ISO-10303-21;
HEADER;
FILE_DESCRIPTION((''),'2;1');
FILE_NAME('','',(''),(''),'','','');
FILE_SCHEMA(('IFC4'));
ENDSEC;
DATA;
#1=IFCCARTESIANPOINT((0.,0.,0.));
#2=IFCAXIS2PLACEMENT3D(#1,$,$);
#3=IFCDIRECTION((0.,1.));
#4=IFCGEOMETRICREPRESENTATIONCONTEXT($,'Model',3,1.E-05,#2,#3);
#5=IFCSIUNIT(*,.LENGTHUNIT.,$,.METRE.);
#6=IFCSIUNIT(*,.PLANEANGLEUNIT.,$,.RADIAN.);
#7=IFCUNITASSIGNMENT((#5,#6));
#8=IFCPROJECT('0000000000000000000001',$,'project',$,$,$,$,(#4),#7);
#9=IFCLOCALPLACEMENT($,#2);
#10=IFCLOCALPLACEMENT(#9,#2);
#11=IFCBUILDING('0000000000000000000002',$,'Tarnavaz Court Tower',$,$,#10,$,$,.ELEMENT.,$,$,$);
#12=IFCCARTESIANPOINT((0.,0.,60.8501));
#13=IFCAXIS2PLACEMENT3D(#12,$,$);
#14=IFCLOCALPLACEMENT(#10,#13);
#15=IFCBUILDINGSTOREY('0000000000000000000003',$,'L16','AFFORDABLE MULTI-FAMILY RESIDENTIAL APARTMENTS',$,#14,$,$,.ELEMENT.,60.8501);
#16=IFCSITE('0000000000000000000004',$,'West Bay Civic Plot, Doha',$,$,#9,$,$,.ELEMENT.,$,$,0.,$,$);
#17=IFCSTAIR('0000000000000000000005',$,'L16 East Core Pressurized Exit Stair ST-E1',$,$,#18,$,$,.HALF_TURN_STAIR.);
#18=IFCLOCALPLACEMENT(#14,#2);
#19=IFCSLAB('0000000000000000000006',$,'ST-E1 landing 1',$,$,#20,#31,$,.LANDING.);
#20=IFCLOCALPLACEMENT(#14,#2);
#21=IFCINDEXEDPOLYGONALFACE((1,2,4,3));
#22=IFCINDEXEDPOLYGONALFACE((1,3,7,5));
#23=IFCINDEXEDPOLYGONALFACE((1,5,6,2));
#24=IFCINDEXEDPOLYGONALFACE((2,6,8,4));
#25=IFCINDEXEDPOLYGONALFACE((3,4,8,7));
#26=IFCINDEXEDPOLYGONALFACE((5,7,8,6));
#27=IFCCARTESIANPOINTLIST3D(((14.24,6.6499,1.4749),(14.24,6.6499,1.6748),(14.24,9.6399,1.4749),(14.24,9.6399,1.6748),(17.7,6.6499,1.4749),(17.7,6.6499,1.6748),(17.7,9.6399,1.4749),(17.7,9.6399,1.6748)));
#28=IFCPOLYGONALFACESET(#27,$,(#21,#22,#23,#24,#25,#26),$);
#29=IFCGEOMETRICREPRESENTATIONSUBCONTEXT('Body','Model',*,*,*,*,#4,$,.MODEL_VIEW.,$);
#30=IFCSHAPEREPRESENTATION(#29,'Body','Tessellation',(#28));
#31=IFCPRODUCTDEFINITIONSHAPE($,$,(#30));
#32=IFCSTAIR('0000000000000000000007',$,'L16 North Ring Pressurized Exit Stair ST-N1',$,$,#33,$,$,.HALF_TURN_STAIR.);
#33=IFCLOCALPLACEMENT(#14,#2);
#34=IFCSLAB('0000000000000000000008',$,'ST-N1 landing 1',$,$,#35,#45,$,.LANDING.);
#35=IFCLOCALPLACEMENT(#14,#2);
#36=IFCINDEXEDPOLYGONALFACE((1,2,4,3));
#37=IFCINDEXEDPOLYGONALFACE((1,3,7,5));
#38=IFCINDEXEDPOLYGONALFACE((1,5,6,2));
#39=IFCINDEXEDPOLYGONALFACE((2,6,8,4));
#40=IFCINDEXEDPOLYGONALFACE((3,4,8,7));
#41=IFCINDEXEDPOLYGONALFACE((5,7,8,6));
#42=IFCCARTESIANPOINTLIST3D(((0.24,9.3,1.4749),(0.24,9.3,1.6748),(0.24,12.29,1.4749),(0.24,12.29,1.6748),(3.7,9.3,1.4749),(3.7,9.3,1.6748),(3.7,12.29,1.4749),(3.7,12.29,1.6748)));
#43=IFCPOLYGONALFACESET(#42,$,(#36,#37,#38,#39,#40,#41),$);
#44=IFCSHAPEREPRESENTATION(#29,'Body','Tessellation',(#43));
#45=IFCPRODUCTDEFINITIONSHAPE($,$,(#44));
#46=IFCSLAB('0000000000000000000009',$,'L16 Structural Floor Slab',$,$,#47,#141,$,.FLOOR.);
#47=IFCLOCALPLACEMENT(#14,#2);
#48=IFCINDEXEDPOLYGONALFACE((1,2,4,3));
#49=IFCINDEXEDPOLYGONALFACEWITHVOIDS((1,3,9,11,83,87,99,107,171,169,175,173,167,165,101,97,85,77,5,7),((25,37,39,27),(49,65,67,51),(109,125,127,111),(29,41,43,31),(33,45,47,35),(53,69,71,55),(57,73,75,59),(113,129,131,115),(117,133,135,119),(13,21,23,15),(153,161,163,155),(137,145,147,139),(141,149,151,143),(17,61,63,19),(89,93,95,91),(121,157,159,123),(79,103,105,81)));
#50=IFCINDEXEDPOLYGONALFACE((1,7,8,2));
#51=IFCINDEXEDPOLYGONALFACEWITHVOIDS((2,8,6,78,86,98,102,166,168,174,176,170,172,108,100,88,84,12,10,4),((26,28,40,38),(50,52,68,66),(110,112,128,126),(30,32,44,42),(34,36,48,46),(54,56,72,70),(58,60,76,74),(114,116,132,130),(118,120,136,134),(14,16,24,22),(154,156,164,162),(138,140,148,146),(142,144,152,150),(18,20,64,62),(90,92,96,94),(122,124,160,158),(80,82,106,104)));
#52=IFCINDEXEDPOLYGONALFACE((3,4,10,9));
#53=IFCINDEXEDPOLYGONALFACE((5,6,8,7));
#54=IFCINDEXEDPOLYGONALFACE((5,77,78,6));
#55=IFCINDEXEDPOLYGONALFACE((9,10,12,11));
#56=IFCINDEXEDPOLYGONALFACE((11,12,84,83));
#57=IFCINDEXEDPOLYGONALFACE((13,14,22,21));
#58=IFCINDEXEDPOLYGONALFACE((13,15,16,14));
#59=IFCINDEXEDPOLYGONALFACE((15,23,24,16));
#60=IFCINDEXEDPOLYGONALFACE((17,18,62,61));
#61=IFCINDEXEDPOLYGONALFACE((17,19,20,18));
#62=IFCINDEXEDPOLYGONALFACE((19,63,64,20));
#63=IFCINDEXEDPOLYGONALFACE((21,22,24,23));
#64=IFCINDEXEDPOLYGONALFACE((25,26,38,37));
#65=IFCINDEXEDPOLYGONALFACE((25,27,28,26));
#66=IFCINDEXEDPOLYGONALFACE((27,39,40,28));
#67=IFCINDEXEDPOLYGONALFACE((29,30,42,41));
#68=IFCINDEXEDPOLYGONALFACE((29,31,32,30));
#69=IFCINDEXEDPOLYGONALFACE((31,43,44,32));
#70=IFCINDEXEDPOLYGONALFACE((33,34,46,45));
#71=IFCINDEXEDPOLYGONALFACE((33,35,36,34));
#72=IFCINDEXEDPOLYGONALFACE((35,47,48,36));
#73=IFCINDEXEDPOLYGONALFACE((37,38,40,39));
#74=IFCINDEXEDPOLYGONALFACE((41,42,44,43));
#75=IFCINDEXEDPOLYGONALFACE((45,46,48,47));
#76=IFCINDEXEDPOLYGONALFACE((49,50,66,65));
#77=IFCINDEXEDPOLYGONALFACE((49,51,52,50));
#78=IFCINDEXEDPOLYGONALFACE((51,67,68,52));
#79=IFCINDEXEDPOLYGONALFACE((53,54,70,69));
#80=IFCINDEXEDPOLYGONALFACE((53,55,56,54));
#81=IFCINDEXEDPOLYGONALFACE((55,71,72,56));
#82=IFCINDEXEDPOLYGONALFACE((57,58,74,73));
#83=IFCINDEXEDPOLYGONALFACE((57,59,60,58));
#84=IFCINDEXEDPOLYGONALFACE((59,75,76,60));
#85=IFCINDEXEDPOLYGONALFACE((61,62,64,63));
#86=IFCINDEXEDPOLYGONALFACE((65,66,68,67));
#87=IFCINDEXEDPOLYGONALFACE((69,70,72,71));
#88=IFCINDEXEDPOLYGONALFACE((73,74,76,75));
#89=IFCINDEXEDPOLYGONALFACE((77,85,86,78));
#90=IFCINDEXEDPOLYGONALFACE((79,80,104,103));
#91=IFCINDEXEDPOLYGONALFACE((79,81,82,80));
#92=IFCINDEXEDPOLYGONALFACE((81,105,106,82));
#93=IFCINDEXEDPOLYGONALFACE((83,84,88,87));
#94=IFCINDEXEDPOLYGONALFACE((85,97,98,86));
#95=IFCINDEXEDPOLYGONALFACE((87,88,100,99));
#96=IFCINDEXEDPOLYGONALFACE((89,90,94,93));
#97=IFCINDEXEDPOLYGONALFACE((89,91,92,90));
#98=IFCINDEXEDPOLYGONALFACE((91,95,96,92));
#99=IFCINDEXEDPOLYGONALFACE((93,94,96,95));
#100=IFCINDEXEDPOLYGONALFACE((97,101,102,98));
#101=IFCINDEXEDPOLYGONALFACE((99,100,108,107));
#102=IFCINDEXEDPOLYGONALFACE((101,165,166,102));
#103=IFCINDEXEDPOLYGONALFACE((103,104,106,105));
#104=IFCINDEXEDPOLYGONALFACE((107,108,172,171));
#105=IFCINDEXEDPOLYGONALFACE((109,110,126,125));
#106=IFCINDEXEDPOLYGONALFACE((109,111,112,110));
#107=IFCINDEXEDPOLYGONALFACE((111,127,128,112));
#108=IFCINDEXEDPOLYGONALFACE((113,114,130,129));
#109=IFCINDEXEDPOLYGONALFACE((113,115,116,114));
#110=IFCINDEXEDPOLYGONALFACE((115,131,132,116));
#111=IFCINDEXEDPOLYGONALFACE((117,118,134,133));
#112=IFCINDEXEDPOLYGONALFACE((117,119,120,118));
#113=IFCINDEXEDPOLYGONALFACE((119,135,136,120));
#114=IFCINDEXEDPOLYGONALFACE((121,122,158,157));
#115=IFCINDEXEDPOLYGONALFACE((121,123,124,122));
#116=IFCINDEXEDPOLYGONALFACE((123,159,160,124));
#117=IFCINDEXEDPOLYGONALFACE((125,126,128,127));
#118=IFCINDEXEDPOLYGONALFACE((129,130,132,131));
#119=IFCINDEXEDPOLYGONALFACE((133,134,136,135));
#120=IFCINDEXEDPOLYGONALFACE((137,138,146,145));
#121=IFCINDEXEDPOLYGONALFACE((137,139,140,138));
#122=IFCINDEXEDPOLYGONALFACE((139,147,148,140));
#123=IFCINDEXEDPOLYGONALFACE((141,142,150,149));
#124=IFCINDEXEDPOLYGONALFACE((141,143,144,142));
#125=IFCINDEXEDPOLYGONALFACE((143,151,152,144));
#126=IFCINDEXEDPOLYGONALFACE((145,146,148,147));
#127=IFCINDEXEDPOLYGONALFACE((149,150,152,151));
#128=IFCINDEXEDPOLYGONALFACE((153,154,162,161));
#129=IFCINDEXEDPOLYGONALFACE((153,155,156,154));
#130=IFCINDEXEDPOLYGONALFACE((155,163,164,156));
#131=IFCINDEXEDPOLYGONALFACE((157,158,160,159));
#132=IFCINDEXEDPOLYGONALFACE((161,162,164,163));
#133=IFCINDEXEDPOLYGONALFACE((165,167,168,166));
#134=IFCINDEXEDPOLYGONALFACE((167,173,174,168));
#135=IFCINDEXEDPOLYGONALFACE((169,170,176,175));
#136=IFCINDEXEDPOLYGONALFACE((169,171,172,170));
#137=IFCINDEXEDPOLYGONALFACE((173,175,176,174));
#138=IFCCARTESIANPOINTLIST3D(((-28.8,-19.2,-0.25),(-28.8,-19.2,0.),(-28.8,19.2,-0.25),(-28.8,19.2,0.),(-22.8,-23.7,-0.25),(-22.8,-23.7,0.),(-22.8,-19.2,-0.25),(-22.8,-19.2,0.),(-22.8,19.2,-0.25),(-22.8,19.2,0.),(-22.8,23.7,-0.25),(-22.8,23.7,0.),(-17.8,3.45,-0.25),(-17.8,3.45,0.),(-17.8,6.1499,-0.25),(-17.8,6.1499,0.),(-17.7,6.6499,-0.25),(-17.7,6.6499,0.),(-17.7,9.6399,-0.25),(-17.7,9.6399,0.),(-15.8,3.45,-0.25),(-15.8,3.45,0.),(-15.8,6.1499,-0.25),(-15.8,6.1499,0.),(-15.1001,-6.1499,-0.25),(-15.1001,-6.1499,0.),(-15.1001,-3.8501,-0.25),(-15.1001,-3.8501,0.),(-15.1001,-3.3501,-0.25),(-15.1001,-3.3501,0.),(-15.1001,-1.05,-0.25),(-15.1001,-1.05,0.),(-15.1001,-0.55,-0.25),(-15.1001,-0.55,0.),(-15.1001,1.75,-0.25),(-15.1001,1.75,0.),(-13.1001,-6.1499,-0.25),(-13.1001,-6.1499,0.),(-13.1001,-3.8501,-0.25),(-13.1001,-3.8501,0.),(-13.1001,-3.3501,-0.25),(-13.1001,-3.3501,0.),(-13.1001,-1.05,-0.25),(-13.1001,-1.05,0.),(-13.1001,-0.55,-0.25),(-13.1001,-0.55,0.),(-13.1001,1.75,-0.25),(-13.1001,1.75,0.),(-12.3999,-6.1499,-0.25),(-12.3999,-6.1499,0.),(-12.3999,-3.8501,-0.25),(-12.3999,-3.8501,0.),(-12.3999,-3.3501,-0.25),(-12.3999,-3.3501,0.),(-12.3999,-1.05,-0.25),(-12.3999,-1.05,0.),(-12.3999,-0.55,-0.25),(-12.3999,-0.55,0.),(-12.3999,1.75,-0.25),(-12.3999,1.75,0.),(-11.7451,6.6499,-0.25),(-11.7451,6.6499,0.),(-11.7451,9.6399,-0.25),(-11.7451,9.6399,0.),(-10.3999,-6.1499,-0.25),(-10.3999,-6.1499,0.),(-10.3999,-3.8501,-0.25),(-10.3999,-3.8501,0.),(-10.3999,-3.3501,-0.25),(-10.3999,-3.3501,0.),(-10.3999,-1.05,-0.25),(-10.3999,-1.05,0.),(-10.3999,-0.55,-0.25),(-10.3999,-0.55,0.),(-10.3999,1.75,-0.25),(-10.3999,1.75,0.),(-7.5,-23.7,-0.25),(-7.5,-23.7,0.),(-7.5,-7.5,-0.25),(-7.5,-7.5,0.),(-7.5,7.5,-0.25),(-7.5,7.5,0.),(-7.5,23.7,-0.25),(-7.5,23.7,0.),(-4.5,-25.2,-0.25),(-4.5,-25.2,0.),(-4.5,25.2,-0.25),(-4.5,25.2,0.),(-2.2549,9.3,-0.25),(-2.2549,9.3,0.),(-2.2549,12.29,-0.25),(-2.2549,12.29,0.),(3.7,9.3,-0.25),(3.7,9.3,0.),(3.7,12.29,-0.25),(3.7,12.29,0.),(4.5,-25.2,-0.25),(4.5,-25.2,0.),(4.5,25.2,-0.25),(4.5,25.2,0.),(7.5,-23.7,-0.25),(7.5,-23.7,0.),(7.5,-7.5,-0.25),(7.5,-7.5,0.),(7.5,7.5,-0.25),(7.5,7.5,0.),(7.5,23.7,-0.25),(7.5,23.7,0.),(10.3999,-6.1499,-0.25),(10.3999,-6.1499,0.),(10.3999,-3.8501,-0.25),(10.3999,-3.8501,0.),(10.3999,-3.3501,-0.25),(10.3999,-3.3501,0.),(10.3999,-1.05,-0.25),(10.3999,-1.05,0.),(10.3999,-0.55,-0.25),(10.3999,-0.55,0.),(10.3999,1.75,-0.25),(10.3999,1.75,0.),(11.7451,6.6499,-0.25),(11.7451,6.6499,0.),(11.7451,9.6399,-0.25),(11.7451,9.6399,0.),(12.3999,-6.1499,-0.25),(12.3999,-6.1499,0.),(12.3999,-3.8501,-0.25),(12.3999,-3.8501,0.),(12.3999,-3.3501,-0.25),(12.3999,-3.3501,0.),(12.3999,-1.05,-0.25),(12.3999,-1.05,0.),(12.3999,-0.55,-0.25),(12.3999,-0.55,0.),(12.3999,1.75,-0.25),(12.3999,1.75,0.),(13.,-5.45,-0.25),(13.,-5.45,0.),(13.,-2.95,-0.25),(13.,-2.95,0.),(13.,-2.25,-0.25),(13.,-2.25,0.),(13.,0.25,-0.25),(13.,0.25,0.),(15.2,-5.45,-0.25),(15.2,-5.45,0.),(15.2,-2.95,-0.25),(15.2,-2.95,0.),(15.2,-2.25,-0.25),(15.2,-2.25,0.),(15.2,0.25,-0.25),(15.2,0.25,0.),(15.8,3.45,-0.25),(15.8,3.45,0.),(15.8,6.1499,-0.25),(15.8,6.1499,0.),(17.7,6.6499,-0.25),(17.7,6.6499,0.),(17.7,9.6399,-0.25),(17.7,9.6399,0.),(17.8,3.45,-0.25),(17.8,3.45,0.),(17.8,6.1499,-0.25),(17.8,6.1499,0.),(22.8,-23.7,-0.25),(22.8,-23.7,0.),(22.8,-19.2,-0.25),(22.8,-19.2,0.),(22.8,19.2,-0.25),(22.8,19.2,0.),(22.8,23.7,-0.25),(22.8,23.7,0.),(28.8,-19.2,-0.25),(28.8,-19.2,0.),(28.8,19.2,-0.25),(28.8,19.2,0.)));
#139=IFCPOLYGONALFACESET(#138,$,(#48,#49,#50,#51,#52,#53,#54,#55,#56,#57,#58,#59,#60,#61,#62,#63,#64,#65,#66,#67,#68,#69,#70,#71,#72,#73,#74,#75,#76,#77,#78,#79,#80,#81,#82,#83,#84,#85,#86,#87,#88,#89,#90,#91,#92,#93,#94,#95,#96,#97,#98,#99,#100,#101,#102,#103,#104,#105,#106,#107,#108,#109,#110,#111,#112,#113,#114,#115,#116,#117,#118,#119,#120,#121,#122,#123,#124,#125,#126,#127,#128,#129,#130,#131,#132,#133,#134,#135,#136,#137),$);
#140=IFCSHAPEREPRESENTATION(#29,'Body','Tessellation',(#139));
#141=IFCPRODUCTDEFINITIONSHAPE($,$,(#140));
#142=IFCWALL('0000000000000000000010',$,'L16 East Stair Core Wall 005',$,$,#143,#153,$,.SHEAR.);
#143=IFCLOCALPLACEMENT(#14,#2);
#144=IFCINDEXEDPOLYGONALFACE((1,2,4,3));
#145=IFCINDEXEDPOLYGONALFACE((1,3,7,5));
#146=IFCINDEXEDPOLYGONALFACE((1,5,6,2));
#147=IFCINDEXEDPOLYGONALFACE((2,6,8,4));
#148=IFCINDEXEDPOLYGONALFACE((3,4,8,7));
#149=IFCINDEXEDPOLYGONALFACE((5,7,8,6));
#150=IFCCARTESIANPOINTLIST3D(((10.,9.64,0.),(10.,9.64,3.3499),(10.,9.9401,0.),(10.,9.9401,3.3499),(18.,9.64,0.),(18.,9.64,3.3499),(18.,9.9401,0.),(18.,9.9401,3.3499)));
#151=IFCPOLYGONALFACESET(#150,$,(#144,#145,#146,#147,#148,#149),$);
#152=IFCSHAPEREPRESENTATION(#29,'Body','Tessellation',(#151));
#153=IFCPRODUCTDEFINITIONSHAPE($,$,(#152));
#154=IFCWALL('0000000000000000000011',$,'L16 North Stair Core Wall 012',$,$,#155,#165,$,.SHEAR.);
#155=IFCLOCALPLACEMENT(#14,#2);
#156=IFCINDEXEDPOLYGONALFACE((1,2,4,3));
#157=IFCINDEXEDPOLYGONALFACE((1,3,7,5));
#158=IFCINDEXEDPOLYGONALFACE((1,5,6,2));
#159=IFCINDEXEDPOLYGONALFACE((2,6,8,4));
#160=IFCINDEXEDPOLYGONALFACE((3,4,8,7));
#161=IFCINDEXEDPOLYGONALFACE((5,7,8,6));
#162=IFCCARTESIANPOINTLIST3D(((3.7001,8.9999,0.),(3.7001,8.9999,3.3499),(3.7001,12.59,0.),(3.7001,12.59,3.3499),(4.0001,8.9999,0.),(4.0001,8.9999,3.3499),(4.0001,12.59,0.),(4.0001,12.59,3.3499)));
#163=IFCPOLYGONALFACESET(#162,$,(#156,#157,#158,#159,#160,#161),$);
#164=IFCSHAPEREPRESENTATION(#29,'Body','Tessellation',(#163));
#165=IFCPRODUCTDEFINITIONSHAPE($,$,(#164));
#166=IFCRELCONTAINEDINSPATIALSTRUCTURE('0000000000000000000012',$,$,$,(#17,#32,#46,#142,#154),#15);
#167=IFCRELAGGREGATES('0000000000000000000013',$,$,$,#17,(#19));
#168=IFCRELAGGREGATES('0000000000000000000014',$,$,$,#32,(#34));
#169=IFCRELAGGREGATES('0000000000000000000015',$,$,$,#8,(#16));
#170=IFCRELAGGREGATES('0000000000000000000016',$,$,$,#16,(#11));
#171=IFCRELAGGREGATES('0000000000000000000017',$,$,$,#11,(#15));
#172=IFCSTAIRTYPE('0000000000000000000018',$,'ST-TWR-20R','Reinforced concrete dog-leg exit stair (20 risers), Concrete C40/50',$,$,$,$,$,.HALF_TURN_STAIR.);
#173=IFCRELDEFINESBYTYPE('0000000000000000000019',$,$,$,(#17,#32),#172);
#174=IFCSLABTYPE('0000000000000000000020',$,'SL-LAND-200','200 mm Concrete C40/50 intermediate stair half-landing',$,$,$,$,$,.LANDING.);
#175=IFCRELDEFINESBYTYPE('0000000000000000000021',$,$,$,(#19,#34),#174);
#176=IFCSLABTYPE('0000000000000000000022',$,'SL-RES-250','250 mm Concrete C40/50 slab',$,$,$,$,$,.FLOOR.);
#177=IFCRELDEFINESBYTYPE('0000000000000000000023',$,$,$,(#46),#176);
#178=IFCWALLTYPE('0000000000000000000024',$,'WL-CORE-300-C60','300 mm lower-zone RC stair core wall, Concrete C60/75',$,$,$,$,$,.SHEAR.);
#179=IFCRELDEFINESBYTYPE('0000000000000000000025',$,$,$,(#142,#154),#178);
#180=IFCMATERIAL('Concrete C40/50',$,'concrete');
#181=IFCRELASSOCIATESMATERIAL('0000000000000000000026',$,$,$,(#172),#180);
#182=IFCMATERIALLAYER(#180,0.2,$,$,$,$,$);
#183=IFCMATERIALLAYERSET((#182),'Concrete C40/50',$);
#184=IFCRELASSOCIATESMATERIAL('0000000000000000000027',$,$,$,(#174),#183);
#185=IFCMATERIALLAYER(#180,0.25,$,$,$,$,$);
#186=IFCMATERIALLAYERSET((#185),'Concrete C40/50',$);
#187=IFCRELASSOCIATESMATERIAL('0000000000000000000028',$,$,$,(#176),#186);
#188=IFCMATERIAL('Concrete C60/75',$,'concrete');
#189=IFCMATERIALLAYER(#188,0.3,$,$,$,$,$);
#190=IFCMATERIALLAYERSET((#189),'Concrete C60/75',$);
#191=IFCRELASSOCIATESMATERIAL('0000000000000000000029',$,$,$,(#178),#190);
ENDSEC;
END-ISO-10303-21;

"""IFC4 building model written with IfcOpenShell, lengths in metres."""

from ifc_helpers import new_model, si_unit, direction, frame, frame_2d, origin, place, context, subcontext, project, spatial, polyline, rectangle, outline, extrude, material, layer, layer_set, type_object, element, aggregate, save


model = new_model("IFC4")

# Units and contexts
model_context = context("Model", 3, precision=1e-05, world=origin(), true_north=direction((0.0, 1.0)))
body_context = subcontext(model_context, "Body", "Model", "MODEL_VIEW")
ifc_project = project(units=[si_unit("LENGTHUNIT", "METRE"), si_unit("PLANEANGLEUNIT", "RADIAN")], contexts=[model_context])

# Site, building, storey
site_placement = place(None, origin())
site = spatial("IfcSite", under=ifc_project, at=site_placement, Name="West Bay Civic Plot, Doha", CompositionType="ELEMENT", RefElevation=0.0)
building_placement = place(site_placement, origin())
building = spatial("IfcBuilding", under=site, at=building_placement, Name="Tarnavaz Court Tower", CompositionType="ELEMENT")
storey_placement = place(building_placement, frame((0.0, 0.0, 60.8501)))
storey = spatial("IfcBuildingStorey", under=building, at=storey_placement, Name="L16", Description="AFFORDABLE MULTI-FAMILY RESIDENTIAL APARTMENTS", CompositionType="ELEMENT", Elevation=60.8501)

# Shared definitions
ifc_material_1 = material(Name="Concrete C60/75", Category="concrete")

# Stairs, slabs
ifc_material_2 = material(Name="Concrete C40/50", Category="concrete")
stair_type = type_object("IfcStairType", Name="ST-TWR-20R", Description="Reinforced concrete dog-leg exit stair (20 risers), Concrete C40/50", PredefinedType="HALF_TURN_STAIR", material=ifc_material_2)
ifc_layer_1 = layer(ifc_material_2, 0.2)
ifc_layer_set_1 = layer_set([ifc_layer_1], Name="Concrete C40/50")
slab_type_1 = type_object("IfcSlabType", Name="SL-LAND-200", Description="200 mm Concrete C40/50 intermediate stair half-landing", PredefinedType="LANDING", material=ifc_layer_set_1)
stair_1_placement = place(storey_placement, origin())
stair_1 = element("IfcStair", 1, at=stair_1_placement, inside=storey, type_object=stair_type, Name="L16 East Core Pressurized Exit Stair ST-E1", PredefinedType="HALF_TURN_STAIR")
slab_1_placement = place(storey_placement, frame((0.0, 0.0, 1.4749)))
slab_1 = element("IfcSlab", 2, at=slab_1_placement, type_object=slab_type_1, Name="ST-E1 landing 1", PredefinedType="LANDING", context=body_context, shape_type="SweptSolid", body=[
    extrude(outline(polyline([(14.24, 6.6499), (17.7, 6.6499), (17.7, 9.6399), (14.24, 9.6399), (14.24, 6.6499)])), origin(), (0.0, 0.0, 1.0), 0.2),
])
aggregate(stair_1, [slab_1])
stair_2_placement = place(storey_placement, origin())
stair_2 = element("IfcStair", 3, at=stair_2_placement, inside=storey, type_object=stair_type, Name="L16 North Ring Pressurized Exit Stair ST-N1", PredefinedType="HALF_TURN_STAIR")
slab_2_placement = place(storey_placement, frame((0.0, 0.0, 1.4749)))
slab_2 = element("IfcSlab", 4, at=slab_2_placement, type_object=slab_type_1, Name="ST-N1 landing 1", PredefinedType="LANDING", context=body_context, shape_type="SweptSolid", body=[
    extrude(outline(polyline([(0.24, 9.3), (3.7, 9.3), (3.7, 12.29), (0.24, 12.29), (0.24, 9.3)])), origin(), (0.0, 0.0, 1.0), 0.2),
])

# Slab
ifc_layer_2 = layer(ifc_material_2, 0.25)
ifc_layer_set_2 = layer_set([ifc_layer_2], Name="Concrete C40/50")
slab_type_2 = type_object("IfcSlabType", Name="SL-RES-250", Description="250 mm Concrete C40/50 slab", PredefinedType="FLOOR", material=ifc_layer_set_2)
slab_3_placement = place(storey_placement, frame((0.0, 0.0, -0.25)))
element("IfcSlab", 5, at=slab_3_placement, inside=storey, type_object=slab_type_2, Name="L16 Structural Floor Slab", PredefinedType="FLOOR", context=body_context, shape_type="SweptSolid", body=[
    extrude(outline(polyline([(-22.8, -23.7), (-7.5, -23.7), (-4.5, -25.2), (4.5, -25.2), (7.5, -23.7), (22.8, -23.7), (22.8, -19.2), (28.8, -19.2), (28.8, 19.2), (22.8, 19.2), (22.8, 23.7), (7.5, 23.7), (4.5, 25.2), (-4.5, 25.2), (-7.5, 23.7), (-22.8, 23.7), (-22.8, 19.2), (-28.8, 19.2), (-28.8, -19.2), (-22.8, -19.2), (-22.8, -23.7)]), holes=[polyline([(-7.5, -7.5), (7.5, -7.5), (7.5, 7.5), (-7.5, 7.5), (-7.5, -7.5)]), polyline([(-11.7451, 9.6399), (-17.7, 9.6399), (-17.7, 6.6499), (-11.7451, 6.6499), (-11.7451, 9.6399)]), polyline([(11.7451, 6.6499), (17.7, 6.6499), (17.7, 9.6399), (11.7451, 9.6399), (11.7451, 6.6499)]), polyline([(-2.2549, 9.3), (3.7, 9.3), (3.7, 12.29), (-2.2549, 12.29), (-2.2549, 9.3)]), polyline([(-17.8, 3.45), (-15.8, 3.45), (-15.8, 6.1499), (-17.8, 6.1499), (-17.8, 3.45)]), polyline([(-12.3999, -6.1499), (-10.3999, -6.1499), (-10.3999, -3.8501), (-12.3999, -3.8501), (-12.3999, -6.1499)]), polyline([(-12.3999, -3.3501), (-10.3999, -3.3501), (-10.3999, -1.05), (-12.3999, -1.05), (-12.3999, -3.3501)]), polyline([(-12.3999, -0.55), (-10.3999, -0.55), (-10.3999, 1.75), (-12.3999, 1.75), (-12.3999, -0.55)]), polyline([(-15.1001, -6.1499), (-13.1001, -6.1499), (-13.1001, -3.8501), (-15.1001, -3.8501), (-15.1001, -6.1499)]), polyline([(-15.1001, -3.3501), (-13.1001, -3.3501), (-13.1001, -1.05), (-15.1001, -1.05), (-15.1001, -3.3501)]), polyline([(-15.1001, -0.55), (-13.1001, -0.55), (-13.1001, 1.75), (-15.1001, 1.75), (-15.1001, -0.55)]), polyline([(15.8, 3.45), (17.8, 3.45), (17.8, 6.1499), (15.8, 6.1499), (15.8, 3.45)]), polyline([(10.3999, -6.1499), (12.3999, -6.1499), (12.3999, -3.8501), (10.3999, -3.8501), (10.3999, -6.1499)]), polyline([(10.3999, -3.3501), (12.3999, -3.3501), (12.3999, -1.05), (10.3999, -1.05), (10.3999, -3.3501)]), polyline([(10.3999, -0.55), (12.3999, -0.55), (12.3999, 1.75), (10.3999, 1.75), (10.3999, -0.55)]), polyline([(13.0, -5.45), (15.2, -5.45), (15.2, -2.95), (13.0, -2.95), (13.0, -5.45)]), polyline([(13.0, -2.25), (15.2, -2.25), (15.2, 0.25), (13.0, 0.25), (13.0, -2.25)])]), origin(), (0.0, 0.0, 1.0), 0.25),
])

# Wall
ifc_layer_3 = layer(ifc_material_1, 0.3)
ifc_layer_set_3 = layer_set([ifc_layer_3], Name="Concrete C60/75")
wall_type_1 = type_object("IfcWallType", Name="WL-CORE-300-C60", Description="300 mm lower-zone RC stair core wall, Concrete C60/75", PredefinedType="SHEAR", material=ifc_layer_set_3)
wall_1_placement = place(storey_placement, frame((10.0, 9.79, 0.0), z_axis=(0.0, 0.0, 1.0), x_axis=(1.0, 0.0, 0.0)))
element("IfcWall", 6, at=wall_1_placement, inside=storey, type_object=wall_type_1, Name="L16 East Stair Core Wall 005", PredefinedType="SHEAR", context=body_context, shape_type="SweptSolid", body=[
    extrude(rectangle(XDim=8.0, YDim=0.3, at=frame_2d((4.0, 0.0))), origin(), (0.0, 0.0, 1.0), 3.3499),
])

# Wall
wall_2_placement = place(storey_placement, frame((3.8501, 9.0, 0.0), z_axis=(0.0, 0.0, 1.0), x_axis=(0.0, 1.0, 0.0)))
element("IfcWall", 7, at=wall_2_placement, inside=storey, type_object=wall_type_1, Name="L16 North Stair Core Wall 012", PredefinedType="SHEAR", context=body_context, shape_type="SweptSolid", body=[
    extrude(rectangle(XDim=3.5901, YDim=0.3, at=frame_2d((1.7949, 0.0))), origin(), (0.0, 0.0, 1.0), 3.3499),
])

aggregate(stair_2, [slab_2])

save(model, "model.ifc")
